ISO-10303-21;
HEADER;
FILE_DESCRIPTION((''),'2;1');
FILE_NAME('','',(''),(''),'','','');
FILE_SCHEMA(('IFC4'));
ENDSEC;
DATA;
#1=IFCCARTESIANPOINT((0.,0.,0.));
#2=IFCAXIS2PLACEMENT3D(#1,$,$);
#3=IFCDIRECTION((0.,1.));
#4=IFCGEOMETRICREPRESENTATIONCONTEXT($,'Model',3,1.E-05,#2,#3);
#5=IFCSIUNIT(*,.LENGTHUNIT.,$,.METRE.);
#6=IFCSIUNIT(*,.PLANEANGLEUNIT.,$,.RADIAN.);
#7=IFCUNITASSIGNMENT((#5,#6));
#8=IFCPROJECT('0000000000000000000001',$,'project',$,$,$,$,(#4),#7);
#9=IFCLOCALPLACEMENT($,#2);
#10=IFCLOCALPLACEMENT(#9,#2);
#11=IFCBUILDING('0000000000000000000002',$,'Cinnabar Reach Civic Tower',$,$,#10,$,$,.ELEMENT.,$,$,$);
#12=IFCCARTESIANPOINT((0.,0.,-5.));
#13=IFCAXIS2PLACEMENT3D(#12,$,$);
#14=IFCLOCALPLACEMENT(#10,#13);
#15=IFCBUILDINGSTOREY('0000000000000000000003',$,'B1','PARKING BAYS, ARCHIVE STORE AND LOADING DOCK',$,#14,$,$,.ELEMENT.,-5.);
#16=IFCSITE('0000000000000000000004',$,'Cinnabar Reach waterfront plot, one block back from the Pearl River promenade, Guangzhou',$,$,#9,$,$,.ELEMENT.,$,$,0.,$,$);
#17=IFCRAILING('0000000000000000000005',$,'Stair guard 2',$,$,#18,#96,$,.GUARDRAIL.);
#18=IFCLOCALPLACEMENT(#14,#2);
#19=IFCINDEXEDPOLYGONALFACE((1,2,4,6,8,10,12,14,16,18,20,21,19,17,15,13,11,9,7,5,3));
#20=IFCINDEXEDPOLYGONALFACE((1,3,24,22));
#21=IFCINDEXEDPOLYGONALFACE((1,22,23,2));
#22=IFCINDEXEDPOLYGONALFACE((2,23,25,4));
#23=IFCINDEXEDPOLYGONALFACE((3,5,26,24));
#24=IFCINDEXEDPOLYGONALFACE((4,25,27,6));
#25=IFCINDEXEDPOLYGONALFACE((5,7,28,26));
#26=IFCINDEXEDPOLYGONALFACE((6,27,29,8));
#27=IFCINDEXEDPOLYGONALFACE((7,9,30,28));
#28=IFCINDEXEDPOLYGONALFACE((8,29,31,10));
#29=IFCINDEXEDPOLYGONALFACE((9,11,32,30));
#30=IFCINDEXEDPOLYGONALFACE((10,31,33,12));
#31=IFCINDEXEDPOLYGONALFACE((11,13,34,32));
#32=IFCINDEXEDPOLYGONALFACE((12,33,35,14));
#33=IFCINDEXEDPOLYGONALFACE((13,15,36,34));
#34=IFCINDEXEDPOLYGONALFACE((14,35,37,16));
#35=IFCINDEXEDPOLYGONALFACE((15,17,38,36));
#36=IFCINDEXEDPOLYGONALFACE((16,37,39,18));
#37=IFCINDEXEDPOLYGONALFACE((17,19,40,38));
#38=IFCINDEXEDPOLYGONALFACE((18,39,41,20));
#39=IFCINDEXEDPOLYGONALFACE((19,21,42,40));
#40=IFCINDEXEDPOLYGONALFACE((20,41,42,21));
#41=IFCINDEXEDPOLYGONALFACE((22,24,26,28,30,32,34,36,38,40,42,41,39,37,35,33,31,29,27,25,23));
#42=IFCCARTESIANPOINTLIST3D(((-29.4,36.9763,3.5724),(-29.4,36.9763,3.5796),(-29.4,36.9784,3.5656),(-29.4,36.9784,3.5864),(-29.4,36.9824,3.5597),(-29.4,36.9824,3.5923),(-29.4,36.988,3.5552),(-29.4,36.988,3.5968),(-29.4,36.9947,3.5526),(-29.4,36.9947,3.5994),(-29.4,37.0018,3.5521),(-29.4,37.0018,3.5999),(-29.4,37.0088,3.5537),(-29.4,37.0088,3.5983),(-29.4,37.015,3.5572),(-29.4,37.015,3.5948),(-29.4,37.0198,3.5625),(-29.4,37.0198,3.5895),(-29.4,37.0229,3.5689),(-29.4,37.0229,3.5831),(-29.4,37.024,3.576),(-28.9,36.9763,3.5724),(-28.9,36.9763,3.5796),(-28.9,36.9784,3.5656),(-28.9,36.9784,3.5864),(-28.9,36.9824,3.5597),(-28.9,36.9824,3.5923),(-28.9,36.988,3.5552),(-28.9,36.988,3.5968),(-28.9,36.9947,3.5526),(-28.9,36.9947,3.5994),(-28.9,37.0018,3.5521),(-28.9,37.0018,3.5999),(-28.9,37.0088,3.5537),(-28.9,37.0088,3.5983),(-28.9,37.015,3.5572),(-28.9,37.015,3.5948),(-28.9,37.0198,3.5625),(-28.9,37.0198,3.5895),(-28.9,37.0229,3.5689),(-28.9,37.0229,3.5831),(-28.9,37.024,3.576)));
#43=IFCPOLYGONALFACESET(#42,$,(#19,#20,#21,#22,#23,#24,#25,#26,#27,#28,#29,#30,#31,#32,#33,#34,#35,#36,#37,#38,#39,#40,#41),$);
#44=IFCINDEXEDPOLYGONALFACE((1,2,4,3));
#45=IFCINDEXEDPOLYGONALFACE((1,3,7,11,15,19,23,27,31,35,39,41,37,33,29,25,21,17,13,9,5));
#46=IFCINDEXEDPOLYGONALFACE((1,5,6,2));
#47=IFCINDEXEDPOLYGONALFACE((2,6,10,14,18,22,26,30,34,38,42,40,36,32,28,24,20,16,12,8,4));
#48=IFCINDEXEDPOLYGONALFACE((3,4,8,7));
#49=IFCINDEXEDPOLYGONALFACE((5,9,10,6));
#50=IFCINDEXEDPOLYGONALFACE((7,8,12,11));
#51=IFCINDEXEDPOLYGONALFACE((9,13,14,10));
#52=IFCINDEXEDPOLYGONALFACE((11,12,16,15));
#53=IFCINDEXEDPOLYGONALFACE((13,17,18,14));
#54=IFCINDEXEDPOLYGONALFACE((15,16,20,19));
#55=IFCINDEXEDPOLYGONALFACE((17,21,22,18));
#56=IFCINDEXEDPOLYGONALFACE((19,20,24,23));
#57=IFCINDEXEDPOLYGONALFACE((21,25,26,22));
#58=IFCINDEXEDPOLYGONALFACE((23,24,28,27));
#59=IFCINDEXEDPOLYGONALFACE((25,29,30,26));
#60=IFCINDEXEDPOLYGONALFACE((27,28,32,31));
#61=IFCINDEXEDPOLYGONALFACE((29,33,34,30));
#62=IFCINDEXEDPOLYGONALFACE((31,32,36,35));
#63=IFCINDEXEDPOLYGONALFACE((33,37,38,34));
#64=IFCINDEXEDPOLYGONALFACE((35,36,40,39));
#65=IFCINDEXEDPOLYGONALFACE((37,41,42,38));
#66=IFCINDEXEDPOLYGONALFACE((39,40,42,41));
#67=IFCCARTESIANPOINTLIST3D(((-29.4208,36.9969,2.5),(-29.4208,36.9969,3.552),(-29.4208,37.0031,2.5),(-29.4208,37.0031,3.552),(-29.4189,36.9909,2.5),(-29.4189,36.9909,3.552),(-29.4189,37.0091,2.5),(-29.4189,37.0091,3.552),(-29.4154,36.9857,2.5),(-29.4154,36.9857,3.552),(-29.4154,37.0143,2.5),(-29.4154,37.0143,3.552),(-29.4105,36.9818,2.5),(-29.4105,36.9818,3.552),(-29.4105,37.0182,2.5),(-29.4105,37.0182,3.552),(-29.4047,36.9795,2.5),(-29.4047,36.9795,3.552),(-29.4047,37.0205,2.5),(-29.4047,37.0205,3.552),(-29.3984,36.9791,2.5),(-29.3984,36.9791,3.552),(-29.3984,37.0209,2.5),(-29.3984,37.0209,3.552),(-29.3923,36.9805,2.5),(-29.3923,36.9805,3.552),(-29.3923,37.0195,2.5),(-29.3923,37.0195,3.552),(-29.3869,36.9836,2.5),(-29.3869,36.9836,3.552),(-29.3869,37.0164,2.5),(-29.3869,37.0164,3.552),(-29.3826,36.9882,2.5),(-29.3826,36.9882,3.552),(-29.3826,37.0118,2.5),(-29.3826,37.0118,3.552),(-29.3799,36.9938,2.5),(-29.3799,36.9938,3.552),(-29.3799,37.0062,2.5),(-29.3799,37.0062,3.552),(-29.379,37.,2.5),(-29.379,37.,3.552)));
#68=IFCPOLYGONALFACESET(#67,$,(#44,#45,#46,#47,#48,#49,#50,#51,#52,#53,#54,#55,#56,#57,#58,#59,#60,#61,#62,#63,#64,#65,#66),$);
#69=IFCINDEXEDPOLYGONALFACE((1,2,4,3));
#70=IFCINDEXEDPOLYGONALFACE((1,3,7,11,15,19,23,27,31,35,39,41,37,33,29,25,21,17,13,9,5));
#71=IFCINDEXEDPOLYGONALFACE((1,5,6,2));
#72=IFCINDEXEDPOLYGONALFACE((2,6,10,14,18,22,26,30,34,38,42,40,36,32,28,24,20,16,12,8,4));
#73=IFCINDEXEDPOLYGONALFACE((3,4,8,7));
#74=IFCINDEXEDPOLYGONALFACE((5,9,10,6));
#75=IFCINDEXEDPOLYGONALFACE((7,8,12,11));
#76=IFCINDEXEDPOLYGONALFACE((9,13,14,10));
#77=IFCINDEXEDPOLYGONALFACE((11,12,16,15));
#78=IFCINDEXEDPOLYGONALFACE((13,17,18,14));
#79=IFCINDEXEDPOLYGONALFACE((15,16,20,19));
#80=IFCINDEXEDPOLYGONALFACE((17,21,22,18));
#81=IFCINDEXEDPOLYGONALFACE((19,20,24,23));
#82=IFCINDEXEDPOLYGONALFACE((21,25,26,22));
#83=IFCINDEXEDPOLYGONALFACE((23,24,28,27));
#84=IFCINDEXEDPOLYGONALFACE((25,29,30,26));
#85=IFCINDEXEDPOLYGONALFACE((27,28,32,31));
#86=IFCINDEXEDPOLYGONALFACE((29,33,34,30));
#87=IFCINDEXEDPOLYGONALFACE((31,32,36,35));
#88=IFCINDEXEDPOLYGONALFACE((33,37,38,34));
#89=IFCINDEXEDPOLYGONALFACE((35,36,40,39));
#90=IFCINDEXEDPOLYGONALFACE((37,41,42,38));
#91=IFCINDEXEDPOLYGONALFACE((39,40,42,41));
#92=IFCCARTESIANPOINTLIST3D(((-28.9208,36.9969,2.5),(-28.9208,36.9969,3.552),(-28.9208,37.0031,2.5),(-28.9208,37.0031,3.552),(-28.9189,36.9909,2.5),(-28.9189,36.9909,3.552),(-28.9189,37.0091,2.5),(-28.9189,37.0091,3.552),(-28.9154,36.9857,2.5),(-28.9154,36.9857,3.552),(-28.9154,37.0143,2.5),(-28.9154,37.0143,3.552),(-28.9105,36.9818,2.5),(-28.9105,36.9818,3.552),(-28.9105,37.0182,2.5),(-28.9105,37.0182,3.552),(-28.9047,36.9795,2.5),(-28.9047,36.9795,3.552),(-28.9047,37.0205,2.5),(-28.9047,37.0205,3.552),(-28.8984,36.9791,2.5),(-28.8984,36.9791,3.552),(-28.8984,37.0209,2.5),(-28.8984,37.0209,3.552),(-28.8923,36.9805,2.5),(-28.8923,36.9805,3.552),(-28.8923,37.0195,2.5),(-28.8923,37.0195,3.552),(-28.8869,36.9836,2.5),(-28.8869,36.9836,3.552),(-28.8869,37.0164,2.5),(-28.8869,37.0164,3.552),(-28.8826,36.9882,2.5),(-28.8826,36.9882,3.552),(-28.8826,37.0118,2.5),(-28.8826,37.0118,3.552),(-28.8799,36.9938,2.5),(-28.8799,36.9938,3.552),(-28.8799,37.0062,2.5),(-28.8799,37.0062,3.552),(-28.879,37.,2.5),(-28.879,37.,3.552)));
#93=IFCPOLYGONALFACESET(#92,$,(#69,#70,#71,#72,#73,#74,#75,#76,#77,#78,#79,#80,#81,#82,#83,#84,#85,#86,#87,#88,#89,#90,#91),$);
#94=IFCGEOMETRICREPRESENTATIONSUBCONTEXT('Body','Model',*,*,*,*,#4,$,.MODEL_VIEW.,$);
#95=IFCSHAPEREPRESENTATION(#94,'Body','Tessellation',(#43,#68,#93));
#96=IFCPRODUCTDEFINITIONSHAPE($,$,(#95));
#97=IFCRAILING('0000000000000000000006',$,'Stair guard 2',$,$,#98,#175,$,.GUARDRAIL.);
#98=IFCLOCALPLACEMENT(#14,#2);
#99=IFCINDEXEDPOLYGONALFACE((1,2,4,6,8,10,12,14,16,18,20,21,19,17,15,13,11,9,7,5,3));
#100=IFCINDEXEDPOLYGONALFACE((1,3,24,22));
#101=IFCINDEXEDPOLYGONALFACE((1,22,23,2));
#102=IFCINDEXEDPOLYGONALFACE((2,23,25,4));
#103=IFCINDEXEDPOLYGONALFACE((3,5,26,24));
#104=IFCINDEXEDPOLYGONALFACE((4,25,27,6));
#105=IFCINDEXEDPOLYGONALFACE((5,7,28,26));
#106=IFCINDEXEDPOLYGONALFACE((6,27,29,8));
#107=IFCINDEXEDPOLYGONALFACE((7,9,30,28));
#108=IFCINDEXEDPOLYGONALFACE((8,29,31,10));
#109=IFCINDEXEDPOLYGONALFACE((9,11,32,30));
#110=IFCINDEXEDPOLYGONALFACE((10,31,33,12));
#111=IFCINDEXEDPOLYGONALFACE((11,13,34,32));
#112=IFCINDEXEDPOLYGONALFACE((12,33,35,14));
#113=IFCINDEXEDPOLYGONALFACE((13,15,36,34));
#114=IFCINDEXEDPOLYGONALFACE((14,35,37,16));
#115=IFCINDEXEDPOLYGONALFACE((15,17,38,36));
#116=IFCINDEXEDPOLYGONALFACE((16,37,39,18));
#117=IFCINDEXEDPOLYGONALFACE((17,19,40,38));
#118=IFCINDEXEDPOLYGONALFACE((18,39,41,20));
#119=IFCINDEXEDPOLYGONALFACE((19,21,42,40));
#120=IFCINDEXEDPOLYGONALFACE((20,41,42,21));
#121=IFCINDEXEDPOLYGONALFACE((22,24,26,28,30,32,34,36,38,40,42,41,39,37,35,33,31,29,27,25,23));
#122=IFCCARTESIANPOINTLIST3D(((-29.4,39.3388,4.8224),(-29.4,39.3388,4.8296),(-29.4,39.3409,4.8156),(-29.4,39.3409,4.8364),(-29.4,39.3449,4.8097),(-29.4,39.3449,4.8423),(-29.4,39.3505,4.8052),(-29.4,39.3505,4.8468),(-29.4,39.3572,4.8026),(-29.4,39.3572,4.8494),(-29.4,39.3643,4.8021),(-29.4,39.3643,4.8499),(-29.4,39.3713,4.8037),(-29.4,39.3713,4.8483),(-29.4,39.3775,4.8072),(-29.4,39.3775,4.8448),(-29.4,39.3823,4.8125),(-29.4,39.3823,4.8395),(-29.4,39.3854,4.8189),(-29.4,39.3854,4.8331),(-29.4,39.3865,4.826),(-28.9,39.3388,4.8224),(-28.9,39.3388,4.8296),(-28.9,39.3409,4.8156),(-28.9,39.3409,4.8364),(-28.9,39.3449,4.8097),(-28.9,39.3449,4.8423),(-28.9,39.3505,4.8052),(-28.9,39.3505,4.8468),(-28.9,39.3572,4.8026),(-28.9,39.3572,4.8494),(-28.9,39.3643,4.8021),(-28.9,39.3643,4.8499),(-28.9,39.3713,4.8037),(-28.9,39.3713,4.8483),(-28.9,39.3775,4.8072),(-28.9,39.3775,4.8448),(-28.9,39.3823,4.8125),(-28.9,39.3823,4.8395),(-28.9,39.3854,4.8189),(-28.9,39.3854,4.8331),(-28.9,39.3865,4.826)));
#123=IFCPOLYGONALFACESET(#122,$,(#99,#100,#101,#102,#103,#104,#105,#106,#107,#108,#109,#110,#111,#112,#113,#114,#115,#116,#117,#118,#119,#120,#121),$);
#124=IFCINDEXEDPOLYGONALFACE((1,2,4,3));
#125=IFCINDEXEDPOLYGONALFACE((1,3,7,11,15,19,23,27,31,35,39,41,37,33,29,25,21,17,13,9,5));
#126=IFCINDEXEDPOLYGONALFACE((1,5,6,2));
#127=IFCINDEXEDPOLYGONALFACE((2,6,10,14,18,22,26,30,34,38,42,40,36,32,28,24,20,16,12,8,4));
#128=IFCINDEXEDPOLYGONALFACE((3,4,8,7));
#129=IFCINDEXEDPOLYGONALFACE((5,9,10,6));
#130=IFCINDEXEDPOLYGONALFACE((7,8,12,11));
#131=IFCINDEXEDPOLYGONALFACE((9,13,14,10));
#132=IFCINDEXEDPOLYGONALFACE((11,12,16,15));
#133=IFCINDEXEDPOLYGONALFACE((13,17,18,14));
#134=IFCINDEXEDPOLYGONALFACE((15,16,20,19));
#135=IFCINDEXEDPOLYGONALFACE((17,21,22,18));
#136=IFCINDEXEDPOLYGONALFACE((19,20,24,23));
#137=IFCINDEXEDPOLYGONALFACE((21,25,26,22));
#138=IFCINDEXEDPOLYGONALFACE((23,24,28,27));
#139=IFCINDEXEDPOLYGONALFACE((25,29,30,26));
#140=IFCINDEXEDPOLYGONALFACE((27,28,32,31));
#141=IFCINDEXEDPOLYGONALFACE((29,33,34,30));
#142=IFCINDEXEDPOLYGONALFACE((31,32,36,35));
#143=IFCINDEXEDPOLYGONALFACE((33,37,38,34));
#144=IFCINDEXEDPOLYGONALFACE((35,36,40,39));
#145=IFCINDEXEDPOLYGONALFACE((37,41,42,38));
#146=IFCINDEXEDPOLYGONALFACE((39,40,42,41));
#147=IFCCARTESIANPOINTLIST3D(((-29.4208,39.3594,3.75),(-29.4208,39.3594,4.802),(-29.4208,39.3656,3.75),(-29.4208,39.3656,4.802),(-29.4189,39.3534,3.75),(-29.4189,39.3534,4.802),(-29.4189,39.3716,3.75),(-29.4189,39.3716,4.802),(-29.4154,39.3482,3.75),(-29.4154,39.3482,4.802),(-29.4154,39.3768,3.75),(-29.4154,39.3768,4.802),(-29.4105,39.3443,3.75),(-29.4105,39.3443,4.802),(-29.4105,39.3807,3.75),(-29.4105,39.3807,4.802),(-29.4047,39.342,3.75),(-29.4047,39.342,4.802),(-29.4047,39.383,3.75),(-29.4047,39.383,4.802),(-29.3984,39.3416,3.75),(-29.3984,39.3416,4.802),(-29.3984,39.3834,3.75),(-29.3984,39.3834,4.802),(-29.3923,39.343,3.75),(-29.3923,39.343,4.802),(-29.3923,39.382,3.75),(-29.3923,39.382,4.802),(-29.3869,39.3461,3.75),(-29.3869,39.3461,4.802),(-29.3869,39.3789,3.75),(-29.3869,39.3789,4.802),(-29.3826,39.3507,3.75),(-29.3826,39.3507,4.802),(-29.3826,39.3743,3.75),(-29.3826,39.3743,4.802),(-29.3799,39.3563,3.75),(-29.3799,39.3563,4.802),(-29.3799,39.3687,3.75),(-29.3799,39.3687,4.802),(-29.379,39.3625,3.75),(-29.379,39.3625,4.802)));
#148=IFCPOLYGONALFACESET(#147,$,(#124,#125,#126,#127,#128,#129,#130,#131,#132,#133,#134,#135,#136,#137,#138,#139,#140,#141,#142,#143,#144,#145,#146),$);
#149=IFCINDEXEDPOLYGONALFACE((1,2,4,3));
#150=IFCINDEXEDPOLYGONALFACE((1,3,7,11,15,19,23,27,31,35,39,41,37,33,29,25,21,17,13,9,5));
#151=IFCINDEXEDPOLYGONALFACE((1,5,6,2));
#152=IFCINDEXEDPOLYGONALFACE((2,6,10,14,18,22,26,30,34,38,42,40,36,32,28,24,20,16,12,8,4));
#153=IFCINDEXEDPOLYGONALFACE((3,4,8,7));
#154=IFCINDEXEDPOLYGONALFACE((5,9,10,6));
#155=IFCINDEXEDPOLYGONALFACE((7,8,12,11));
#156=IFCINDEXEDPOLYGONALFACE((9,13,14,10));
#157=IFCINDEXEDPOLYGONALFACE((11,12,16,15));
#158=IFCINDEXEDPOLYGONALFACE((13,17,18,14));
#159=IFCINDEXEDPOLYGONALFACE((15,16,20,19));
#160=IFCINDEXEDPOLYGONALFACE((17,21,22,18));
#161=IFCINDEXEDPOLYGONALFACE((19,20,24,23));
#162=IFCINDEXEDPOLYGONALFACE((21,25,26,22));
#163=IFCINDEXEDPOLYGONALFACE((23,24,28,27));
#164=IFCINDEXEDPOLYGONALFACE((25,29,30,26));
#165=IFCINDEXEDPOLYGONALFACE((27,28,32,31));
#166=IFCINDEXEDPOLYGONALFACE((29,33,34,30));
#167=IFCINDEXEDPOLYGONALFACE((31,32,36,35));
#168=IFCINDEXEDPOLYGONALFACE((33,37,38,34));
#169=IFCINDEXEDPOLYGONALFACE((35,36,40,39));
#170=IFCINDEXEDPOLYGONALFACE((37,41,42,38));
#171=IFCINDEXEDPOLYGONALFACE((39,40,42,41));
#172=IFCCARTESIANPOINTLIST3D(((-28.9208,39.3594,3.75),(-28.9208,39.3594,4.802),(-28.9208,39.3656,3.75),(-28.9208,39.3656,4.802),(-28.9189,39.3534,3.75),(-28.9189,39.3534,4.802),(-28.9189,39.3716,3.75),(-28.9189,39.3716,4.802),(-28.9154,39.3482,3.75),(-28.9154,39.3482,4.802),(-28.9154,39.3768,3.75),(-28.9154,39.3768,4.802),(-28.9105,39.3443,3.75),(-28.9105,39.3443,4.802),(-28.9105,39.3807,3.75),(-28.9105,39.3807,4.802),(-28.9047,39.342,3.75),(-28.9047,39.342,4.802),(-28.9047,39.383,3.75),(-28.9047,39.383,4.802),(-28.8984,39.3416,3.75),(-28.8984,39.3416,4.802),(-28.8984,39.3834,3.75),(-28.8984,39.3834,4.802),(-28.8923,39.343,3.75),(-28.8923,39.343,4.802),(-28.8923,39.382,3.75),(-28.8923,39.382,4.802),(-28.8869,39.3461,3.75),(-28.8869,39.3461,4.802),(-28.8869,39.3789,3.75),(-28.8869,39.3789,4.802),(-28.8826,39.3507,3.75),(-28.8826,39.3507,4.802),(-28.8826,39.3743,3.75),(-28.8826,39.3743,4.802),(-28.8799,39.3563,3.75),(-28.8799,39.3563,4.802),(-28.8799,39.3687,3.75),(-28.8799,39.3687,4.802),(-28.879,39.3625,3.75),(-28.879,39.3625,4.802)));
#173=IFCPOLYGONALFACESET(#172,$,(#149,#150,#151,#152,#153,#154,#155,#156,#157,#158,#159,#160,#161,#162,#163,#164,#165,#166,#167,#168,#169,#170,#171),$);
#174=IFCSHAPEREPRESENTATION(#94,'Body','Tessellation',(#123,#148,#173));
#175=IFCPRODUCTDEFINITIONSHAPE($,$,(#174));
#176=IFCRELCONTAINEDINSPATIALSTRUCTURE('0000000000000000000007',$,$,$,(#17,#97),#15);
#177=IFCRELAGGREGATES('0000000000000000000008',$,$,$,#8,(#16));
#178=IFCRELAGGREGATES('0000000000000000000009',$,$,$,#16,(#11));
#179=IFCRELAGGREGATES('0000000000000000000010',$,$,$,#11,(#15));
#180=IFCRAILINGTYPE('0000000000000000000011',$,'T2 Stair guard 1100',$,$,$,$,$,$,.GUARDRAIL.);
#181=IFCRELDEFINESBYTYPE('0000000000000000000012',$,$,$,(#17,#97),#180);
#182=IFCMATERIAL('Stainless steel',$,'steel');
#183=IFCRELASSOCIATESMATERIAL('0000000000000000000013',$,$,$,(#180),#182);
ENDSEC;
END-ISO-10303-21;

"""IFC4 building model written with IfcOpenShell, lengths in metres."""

from ifc_helpers import new_model, si_unit, direction, frame, origin, origin_2d, place, context, subcontext, project, spatial, circle, extrude, material, type_object, element, save


model = new_model("IFC4")

# Units and contexts
model_context = context("Model", 3, precision=1e-05, world=origin(), true_north=direction((0.0, 1.0)))
body_context = subcontext(model_context, "Body", "Model", "MODEL_VIEW")
ifc_project = project(units=[si_unit("LENGTHUNIT", "METRE"), si_unit("PLANEANGLEUNIT", "RADIAN")], contexts=[model_context])

# Site, building, storey
site_placement = place(None, origin())
site = spatial("IfcSite", under=ifc_project, at=site_placement, Name="Cinnabar Reach waterfront plot, one block back from the Pearl River promenade, Guangzhou", CompositionType="ELEMENT", RefElevation=0.0)
building_placement = place(site_placement, origin())
building = spatial("IfcBuilding", under=site, at=building_placement, Name="Cinnabar Reach Civic Tower", CompositionType="ELEMENT")
storey_placement = place(building_placement, frame((0.0, 0.0, -5.0)))
storey = spatial("IfcBuildingStorey", under=building, at=storey_placement, Name="B1", Description="PARKING BAYS, ARCHIVE STORE AND LOADING DOCK", CompositionType="ELEMENT", Elevation=-5.0)

# Railings
ifc_material_1 = material(Name="Stainless steel", Category="steel")
railing_type = type_object("IfcRailingType", Name="T2 Stair guard 1100", PredefinedType="GUARDRAIL", material=ifc_material_1)
for number, where, name in (
    (1, (-29.4, 37.0, 2.5), "Stair guard 2"),
    (2, (-29.4, 39.3625, 3.75), "Stair guard 2"),
):
    element("IfcRailing", number, at=place(storey_placement, frame(where)), inside=storey, type_object=railing_type, Name=name, PredefinedType="GUARDRAIL", context=body_context, shape_type="SweptSolid", body=[
        extrude(circle(Radius=0.024, at=origin_2d()), frame((0.0, 0.0, 1.076), z_axis=(1.0, 0.0, 0.0), x_axis=(0.0, 1.0, 0.0)), (0.0, 0.0, 1.0), 0.5),
        extrude(circle(Radius=0.021, at=origin_2d()), origin(), (0.0, 0.0, 1.0), 1.052),
        extrude(circle(Radius=0.021, at=origin_2d()), frame((0.5, 0.0, 0.0)), (0.0, 0.0, 1.0), 1.052),
    ])

save(model, "model.ifc")
